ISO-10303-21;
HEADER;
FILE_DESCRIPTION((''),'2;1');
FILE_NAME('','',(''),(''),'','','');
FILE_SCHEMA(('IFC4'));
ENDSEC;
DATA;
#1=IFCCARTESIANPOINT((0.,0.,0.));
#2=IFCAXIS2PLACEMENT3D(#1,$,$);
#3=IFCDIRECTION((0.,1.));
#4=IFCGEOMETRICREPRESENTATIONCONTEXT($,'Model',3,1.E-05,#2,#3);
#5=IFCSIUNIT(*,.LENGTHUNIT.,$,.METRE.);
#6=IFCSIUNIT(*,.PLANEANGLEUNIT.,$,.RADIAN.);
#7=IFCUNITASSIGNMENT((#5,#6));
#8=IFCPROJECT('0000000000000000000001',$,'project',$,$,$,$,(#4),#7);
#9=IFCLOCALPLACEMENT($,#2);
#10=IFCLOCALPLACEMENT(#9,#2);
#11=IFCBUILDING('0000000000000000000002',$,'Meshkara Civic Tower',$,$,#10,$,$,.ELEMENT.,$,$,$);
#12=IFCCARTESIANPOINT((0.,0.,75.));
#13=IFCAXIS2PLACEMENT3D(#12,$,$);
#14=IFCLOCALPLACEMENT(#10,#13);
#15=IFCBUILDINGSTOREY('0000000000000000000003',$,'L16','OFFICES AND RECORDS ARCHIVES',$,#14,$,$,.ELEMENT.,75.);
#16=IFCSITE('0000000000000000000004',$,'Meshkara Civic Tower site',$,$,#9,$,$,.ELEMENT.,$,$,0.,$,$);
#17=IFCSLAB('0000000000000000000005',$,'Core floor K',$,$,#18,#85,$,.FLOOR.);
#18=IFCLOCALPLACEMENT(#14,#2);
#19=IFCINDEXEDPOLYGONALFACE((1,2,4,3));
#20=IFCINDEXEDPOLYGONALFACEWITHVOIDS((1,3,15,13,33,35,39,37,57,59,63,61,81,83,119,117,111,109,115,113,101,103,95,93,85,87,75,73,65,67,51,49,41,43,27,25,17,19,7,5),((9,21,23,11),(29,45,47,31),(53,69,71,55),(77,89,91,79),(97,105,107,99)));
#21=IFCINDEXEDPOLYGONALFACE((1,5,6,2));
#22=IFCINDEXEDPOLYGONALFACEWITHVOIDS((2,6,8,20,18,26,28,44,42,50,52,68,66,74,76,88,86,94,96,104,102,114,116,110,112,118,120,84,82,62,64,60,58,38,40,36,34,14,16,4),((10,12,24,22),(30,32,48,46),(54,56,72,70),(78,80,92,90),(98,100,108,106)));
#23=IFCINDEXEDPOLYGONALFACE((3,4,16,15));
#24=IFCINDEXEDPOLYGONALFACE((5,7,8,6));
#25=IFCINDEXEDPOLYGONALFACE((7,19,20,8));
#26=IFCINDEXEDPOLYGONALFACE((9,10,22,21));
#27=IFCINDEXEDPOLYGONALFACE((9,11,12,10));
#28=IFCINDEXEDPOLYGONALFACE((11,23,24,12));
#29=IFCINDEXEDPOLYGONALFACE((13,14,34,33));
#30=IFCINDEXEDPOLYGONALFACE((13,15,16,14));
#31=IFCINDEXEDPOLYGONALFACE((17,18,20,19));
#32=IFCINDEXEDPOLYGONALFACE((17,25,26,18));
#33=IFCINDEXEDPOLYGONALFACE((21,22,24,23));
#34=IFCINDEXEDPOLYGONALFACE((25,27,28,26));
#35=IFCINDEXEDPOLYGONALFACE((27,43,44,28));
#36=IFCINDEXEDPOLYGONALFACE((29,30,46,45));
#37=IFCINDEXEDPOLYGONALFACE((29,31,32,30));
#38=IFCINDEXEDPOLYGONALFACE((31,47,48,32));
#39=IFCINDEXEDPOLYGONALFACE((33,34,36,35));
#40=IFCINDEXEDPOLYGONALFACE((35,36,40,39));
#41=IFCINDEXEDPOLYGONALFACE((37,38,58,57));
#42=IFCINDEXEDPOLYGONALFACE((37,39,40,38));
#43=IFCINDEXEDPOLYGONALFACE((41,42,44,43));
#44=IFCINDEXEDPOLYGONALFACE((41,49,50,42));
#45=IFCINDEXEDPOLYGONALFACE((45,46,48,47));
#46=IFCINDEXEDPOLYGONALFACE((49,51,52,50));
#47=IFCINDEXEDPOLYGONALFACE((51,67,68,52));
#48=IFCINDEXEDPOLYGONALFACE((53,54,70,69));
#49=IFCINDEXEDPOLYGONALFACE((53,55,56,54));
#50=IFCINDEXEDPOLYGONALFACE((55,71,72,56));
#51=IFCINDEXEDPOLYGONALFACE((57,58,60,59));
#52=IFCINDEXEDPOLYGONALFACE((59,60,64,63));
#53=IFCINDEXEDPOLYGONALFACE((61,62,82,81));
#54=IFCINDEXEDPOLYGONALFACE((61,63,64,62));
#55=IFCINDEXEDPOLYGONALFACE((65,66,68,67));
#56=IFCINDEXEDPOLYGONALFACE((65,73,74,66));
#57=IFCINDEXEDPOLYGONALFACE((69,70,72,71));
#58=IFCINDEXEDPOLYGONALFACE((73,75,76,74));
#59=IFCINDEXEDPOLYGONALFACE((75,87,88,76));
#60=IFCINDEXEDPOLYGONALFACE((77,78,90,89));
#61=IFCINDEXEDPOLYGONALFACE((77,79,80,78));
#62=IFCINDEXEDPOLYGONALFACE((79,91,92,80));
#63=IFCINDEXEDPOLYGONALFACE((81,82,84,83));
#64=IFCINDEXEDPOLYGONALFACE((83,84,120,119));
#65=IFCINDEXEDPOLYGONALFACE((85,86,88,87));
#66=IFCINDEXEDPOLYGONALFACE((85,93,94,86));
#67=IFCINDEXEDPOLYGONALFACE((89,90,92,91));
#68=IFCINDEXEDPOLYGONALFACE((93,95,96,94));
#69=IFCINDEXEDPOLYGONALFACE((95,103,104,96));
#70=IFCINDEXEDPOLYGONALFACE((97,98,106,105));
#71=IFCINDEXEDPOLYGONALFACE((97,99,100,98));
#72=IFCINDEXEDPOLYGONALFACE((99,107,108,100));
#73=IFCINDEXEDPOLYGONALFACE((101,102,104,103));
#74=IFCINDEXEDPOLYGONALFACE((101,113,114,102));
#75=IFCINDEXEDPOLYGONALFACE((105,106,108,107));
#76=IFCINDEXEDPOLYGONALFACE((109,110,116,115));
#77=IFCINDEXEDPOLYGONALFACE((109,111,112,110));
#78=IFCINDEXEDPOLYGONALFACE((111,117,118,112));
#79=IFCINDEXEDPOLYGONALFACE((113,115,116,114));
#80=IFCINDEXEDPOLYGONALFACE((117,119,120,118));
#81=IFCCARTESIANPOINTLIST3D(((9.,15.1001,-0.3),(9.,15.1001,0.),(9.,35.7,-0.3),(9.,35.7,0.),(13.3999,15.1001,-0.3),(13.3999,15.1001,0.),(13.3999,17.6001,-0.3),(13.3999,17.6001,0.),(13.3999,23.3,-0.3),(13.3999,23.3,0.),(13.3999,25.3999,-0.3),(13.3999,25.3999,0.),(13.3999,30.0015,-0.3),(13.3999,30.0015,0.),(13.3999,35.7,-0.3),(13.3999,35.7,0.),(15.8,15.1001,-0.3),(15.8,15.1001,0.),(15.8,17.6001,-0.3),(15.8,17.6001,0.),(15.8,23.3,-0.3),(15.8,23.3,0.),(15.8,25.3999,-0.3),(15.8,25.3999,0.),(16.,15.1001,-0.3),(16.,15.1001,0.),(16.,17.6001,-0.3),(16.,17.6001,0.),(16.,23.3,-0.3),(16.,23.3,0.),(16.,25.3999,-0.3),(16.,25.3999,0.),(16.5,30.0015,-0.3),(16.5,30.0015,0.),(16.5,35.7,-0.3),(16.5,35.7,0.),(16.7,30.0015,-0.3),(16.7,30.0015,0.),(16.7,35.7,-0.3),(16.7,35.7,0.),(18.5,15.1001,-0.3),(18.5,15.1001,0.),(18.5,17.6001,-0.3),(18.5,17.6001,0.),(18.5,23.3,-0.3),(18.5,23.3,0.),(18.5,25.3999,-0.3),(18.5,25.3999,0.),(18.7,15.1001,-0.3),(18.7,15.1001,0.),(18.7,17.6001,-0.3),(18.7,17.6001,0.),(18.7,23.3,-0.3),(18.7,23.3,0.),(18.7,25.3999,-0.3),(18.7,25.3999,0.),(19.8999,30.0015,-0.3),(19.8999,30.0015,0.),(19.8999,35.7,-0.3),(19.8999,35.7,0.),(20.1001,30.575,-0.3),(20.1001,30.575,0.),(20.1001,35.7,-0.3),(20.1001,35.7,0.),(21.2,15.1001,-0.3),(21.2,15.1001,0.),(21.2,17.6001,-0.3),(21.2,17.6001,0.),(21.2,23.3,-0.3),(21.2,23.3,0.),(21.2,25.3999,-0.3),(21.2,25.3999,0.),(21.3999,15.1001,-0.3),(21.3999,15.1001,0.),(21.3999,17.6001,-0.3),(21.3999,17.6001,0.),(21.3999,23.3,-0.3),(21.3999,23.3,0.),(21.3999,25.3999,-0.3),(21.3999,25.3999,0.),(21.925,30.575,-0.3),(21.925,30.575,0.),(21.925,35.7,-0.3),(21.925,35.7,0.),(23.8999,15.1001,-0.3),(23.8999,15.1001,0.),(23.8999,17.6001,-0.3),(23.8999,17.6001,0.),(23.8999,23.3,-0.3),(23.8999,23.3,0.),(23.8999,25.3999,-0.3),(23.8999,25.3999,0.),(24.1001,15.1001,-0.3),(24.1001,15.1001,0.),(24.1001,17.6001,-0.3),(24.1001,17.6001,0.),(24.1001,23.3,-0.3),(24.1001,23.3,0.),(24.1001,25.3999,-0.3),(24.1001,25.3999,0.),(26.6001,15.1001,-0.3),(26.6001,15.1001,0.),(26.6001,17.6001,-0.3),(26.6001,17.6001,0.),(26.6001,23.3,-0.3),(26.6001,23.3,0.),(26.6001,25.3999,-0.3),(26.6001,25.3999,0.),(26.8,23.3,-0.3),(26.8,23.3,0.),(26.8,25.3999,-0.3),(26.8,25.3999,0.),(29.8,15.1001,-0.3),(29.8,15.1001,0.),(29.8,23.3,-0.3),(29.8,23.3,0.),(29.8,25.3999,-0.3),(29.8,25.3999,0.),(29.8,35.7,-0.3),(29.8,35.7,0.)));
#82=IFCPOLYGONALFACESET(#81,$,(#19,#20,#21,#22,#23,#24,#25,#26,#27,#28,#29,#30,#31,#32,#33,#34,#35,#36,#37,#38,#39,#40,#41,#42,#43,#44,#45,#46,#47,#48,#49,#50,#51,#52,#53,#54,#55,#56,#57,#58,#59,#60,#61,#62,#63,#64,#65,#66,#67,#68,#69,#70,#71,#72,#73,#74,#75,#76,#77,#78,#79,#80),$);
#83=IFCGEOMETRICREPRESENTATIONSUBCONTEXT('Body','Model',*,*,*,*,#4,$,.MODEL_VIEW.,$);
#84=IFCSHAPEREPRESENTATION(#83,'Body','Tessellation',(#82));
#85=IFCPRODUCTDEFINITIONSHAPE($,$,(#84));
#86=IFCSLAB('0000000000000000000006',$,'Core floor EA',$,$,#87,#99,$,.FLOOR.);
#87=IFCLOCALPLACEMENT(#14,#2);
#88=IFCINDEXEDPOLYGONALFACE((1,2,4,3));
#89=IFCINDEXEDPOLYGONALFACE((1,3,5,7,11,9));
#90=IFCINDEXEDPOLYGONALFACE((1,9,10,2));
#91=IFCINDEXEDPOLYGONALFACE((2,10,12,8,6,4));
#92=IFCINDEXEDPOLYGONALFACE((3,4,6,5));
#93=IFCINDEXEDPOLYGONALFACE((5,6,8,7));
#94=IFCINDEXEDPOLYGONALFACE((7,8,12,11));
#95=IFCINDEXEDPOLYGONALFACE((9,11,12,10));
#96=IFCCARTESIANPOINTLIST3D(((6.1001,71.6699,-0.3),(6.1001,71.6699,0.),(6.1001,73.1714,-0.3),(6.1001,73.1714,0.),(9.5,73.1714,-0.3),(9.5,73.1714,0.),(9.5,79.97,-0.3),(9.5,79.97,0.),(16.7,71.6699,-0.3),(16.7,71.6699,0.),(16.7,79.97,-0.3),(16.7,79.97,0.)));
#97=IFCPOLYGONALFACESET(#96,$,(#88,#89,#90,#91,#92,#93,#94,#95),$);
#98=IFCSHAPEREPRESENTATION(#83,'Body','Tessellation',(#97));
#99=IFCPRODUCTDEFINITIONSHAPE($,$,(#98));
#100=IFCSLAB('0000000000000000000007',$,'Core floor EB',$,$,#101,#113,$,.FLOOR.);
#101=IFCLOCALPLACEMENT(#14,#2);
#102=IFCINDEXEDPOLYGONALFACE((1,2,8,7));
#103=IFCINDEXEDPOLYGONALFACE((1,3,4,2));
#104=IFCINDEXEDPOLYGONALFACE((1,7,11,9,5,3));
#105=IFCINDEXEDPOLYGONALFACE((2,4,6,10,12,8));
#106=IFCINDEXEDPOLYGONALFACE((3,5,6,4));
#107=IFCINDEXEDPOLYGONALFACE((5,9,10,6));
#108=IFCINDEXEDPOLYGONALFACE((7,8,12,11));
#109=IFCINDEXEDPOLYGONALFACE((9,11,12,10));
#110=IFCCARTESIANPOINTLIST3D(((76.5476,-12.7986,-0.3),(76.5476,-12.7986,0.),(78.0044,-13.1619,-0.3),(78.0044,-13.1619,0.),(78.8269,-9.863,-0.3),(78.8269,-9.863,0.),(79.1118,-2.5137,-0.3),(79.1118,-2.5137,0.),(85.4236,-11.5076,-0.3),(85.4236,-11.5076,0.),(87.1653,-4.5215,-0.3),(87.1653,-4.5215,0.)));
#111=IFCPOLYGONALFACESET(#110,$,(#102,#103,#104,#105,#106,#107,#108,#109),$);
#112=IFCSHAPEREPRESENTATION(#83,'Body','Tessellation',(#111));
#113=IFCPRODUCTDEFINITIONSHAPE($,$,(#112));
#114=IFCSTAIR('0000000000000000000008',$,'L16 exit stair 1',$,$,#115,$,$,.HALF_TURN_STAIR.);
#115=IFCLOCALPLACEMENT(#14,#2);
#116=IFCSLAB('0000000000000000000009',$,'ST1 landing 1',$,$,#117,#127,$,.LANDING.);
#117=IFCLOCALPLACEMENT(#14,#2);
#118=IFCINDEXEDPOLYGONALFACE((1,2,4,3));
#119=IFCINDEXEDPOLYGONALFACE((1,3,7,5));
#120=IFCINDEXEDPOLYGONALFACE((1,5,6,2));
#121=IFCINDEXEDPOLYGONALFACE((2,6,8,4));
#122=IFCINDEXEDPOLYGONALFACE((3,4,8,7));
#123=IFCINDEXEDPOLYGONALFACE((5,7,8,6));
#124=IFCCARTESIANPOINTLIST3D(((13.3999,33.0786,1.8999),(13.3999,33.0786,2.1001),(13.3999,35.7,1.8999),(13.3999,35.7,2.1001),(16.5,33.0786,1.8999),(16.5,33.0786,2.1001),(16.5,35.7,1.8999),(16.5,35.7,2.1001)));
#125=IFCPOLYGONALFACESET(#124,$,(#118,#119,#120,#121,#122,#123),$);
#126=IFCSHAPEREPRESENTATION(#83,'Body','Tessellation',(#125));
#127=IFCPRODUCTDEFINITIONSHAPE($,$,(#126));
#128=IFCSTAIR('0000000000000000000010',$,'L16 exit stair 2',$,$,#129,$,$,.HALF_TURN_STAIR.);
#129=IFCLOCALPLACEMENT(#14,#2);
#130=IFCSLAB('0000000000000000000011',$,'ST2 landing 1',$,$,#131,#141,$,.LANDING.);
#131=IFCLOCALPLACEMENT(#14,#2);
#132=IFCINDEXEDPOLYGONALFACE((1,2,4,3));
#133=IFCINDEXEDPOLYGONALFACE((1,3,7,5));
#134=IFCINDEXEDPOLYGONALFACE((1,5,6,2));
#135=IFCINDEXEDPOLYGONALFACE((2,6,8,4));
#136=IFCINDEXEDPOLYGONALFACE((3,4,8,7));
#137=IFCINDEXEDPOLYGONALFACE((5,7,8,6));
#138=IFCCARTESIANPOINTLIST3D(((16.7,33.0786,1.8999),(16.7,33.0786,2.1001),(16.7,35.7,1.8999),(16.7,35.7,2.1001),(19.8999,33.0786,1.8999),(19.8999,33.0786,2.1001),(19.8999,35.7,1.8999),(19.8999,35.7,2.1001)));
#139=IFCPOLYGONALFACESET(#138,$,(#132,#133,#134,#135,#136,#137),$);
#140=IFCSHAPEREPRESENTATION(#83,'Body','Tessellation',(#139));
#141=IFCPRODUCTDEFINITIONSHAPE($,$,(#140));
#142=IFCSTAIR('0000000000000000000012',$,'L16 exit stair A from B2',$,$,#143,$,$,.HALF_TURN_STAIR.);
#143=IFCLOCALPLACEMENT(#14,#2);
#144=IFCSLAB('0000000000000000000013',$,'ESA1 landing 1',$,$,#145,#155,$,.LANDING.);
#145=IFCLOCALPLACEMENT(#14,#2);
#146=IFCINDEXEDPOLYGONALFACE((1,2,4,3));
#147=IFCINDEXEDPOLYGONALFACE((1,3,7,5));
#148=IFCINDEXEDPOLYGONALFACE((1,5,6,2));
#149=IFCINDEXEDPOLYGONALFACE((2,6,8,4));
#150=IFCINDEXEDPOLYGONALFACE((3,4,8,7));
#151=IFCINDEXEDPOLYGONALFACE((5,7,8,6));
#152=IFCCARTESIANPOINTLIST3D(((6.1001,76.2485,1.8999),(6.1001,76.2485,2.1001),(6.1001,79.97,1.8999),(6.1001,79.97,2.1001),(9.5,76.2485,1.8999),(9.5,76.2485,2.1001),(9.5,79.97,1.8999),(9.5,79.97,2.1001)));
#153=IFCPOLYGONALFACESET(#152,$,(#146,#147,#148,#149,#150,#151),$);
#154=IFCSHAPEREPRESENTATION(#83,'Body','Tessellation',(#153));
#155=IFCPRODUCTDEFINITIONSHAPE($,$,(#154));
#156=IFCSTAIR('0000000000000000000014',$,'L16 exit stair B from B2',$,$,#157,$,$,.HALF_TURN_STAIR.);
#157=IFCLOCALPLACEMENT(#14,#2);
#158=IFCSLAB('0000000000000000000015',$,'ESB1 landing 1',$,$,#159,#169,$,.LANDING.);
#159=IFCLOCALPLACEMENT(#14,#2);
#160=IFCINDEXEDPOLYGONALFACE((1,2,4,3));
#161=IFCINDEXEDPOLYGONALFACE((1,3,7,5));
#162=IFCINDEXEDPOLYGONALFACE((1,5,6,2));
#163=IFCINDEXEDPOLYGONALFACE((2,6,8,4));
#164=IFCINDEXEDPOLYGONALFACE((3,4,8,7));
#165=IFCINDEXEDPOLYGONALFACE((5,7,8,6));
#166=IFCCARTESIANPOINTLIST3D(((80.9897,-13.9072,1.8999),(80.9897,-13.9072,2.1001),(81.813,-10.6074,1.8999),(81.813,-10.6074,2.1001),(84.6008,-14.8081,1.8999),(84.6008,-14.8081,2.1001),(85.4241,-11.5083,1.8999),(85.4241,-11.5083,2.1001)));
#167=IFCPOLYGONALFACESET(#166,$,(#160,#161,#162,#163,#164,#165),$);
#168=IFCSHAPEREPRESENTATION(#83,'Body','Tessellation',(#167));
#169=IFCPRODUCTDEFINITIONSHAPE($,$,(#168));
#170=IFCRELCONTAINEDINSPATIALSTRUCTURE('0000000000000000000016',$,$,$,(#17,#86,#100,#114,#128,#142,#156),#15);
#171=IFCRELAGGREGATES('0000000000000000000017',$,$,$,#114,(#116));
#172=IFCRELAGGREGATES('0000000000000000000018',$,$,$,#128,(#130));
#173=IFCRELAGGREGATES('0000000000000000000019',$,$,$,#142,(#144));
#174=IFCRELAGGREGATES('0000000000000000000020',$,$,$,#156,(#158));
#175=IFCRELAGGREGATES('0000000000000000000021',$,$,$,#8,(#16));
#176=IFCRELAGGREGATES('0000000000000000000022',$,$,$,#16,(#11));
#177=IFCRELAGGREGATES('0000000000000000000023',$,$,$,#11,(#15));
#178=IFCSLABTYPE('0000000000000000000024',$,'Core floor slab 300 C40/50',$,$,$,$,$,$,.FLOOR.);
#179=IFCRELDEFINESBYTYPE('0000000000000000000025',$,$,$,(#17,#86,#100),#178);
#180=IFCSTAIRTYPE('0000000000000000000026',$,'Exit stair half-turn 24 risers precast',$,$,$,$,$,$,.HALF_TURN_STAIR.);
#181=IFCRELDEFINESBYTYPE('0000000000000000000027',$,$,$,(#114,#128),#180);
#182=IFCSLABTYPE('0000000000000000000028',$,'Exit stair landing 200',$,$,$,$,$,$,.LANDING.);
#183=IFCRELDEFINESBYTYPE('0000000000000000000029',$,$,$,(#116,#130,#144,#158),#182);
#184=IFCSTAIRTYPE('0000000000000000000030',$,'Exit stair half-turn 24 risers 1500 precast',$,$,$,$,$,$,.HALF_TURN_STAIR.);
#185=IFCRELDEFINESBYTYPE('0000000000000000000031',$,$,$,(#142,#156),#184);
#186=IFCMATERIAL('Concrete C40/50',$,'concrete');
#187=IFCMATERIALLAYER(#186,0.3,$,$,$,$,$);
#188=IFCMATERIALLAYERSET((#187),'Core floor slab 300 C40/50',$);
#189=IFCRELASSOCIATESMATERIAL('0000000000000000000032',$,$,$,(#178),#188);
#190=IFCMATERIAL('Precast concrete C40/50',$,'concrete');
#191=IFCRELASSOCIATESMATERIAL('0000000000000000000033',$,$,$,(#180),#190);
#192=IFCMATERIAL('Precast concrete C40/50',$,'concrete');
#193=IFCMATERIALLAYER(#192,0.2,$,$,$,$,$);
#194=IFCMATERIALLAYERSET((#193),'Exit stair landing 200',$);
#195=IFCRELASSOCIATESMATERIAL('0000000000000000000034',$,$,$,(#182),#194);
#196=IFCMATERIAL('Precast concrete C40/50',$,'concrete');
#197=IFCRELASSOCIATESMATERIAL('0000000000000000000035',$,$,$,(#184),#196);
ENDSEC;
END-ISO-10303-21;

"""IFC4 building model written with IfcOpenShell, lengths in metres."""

from ifc_helpers import new_model, si_unit, direction, frame, origin, place, context, subcontext, project, spatial, polyline, outline, extrude, material, layer, layer_set, type_object, element, aggregate, save


model = new_model("IFC4")

# Units and contexts
model_context = context("Model", 3, precision=1e-05, world=origin(), true_north=direction((0.0, 1.0)))
body_context = subcontext(model_context, "Body", "Model", "MODEL_VIEW")
ifc_project = project(units=[si_unit("LENGTHUNIT", "METRE"), si_unit("PLANEANGLEUNIT", "RADIAN")], contexts=[model_context])

# Site, building, storey
site_placement = place(None, origin())
site = spatial("IfcSite", under=ifc_project, at=site_placement, Name="Meshkara Civic Tower site", CompositionType="ELEMENT", RefElevation=0.0)
building_placement = place(site_placement, origin())
building = spatial("IfcBuilding", under=site, at=building_placement, Name="Meshkara Civic Tower", CompositionType="ELEMENT")
storey_placement = place(building_placement, frame((0.0, 0.0, 75.0)))
storey = spatial("IfcBuildingStorey", under=building, at=storey_placement, Name="L16", Description="OFFICES AND RECORDS ARCHIVES", CompositionType="ELEMENT", Elevation=75.0)

# Slabs
ifc_material_1 = material(Name="Concrete C40/50", Category="concrete")
ifc_layer_1 = layer(ifc_material_1, 0.3)
ifc_layer_set_1 = layer_set([ifc_layer_1], Name="Core floor slab 300 C40/50")
slab_type_1 = type_object("IfcSlabType", Name="Core floor slab 300 C40/50", PredefinedType="FLOOR", material=ifc_layer_set_1)
slab_1_placement = place(storey_placement, frame((0.0, 0.0, -0.3)))
element("IfcSlab", 1, at=slab_1_placement, inside=storey, type_object=slab_type_1, Name="Core floor K", PredefinedType="FLOOR", context=body_context, shape_type="SweptSolid", body=[
    extrude(outline(polyline([(9.0, 35.7), (13.3999, 35.7), (13.3999, 30.0015), (16.5, 30.0015), (16.5, 35.7), (16.7, 35.7), (16.7, 30.0015), (19.8999, 30.0015), (19.8999, 35.7), (20.1001, 35.7), (20.1001, 30.575), (21.925, 30.575), (21.925, 35.7), (29.8, 35.7), (29.8, 25.3999), (26.8, 25.3999), (26.8, 23.3), (29.8, 23.3), (29.8, 15.1001), (26.6001, 15.1001), (26.6001, 17.6001), (24.1001, 17.6001), (24.1001, 15.1001), (23.8999, 15.1001), (23.8999, 17.6001), (21.3999, 17.6001), (21.3999, 15.1001), (21.2, 15.1001), (21.2, 17.6001), (18.7, 17.6001), (18.7, 15.1001), (18.5, 15.1001), (18.5, 17.6001), (16.0, 17.6001), (16.0, 15.1001), (15.8, 15.1001), (15.8, 17.6001), (13.3999, 17.6001), (13.3999, 15.1001), (9.0, 15.1001), (9.0, 35.7)]), holes=[polyline([(13.3999, 25.3999), (13.3999, 23.3), (15.8, 23.3), (15.8, 25.3999), (13.3999, 25.3999)]), polyline([(18.5, 23.3), (18.5, 25.3999), (16.0, 25.3999), (16.0, 23.3), (18.5, 23.3)]), polyline([(18.7, 25.3999), (18.7, 23.3), (21.2, 23.3), (21.2, 25.3999), (18.7, 25.3999)]), polyline([(23.8999, 23.3), (23.8999, 25.3999), (21.3999, 25.3999), (21.3999, 23.3), (23.8999, 23.3)]), polyline([(26.6001, 23.3), (26.6001, 25.3999), (24.1001, 25.3999), (24.1001, 23.3), (26.6001, 23.3)])]), origin(), (0.0, 0.0, 1.0), 0.3),
])
slab_2_placement = place(storey_placement, frame((0.0, 0.0, -0.3)))
element("IfcSlab", 2, at=slab_2_placement, inside=storey, type_object=slab_type_1, Name="Core floor EA", PredefinedType="FLOOR", context=body_context, shape_type="SweptSolid", body=[
    extrude(outline(polyline([(16.7, 71.6699), (16.7, 79.97), (9.5, 79.97), (9.5, 73.1714), (6.1001, 73.1714), (6.1001, 71.6699), (16.7, 71.6699)])), origin(), (0.0, 0.0, 1.0), 0.3),
])
slab_3_placement = place(storey_placement, frame((0.0, 0.0, -0.3)))
element("IfcSlab", 3, at=slab_3_placement, inside=storey, type_object=slab_type_1, Name="Core floor EB", PredefinedType="FLOOR", context=body_context, shape_type="SweptSolid", body=[
    extrude(outline(polyline([(79.1118, -2.5137), (87.1653, -4.5215), (85.4236, -11.5076), (78.8269, -9.863), (78.0044, -13.1619), (76.5476, -12.7986), (79.1118, -2.5137)])), origin(), (0.0, 0.0, 1.0), 0.3),
])

# Stairs, slabs
ifc_material_2 = material(Name="Precast concrete C40/50", Category="concrete")
stair_type_1 = type_object("IfcStairType", Name="Exit stair half-turn 24 risers precast", PredefinedType="HALF_TURN_STAIR", material=ifc_material_2)
stair_1_placement = place(storey_placement, origin())
stair_1 = element("IfcStair", 4, at=stair_1_placement, inside=storey, type_object=stair_type_1, Name="L16 exit stair 1", PredefinedType="HALF_TURN_STAIR")
ifc_material_3 = material(Name="Precast concrete C40/50", Category="concrete")
ifc_layer_2 = layer(ifc_material_3, 0.2)
ifc_layer_set_2 = layer_set([ifc_layer_2], Name="Exit stair landing 200")
slab_type_2 = type_object("IfcSlabType", Name="Exit stair landing 200", PredefinedType="LANDING", material=ifc_layer_set_2)
slab_4_placement = place(storey_placement, frame((0.0, 0.0, 1.8999)))
slab_4 = element("IfcSlab", 5, at=slab_4_placement, type_object=slab_type_2, Name="ST1 landing 1", PredefinedType="LANDING", context=body_context, shape_type="SweptSolid", body=[
    extrude(outline(polyline([(16.5, 33.0786), (16.5, 35.7), (13.3999, 35.7), (13.3999, 33.0786), (16.5, 33.0786)])), origin(), (0.0, 0.0, 1.0), 0.2002),
])
aggregate(stair_1, [slab_4])
stair_2_placement = place(storey_placement, origin())
stair_2 = element("IfcStair", 6, at=stair_2_placement, inside=storey, type_object=stair_type_1, Name="L16 exit stair 2", PredefinedType="HALF_TURN_STAIR")
slab_5_placement = place(storey_placement, frame((0.0, 0.0, 1.8999)))
slab_5 = element("IfcSlab", 7, at=slab_5_placement, type_object=slab_type_2, Name="ST2 landing 1", PredefinedType="LANDING", context=body_context, shape_type="SweptSolid", body=[
    extrude(outline(polyline([(19.8999, 33.0786), (19.8999, 35.7), (16.7, 35.7), (16.7, 33.0786), (19.8999, 33.0786)])), origin(), (0.0, 0.0, 1.0), 0.2002),
])
aggregate(stair_2, [slab_5])
ifc_material_4 = material(Name="Precast concrete C40/50", Category="concrete")
stair_type_2 = type_object("IfcStairType", Name="Exit stair half-turn 24 risers 1500 precast", PredefinedType="HALF_TURN_STAIR", material=ifc_material_4)
stair_3_placement = place(storey_placement, origin())
stair_3 = element("IfcStair", 8, at=stair_3_placement, inside=storey, type_object=stair_type_2, Name="L16 exit stair A from B2", PredefinedType="HALF_TURN_STAIR")
slab_6_placement = place(storey_placement, frame((0.0, 0.0, 1.8999)))
slab_6 = element("IfcSlab", 9, at=slab_6_placement, type_object=slab_type_2, Name="ESA1 landing 1", PredefinedType="LANDING", context=body_context, shape_type="SweptSolid", body=[
    extrude(outline(polyline([(9.5, 76.2485), (9.5, 79.97), (6.1001, 79.97), (6.1001, 76.2485), (9.5, 76.2485)])), origin(), (0.0, 0.0, 1.0), 0.2002),
])
aggregate(stair_3, [slab_6])
stair_4_placement = place(storey_placement, origin())
stair_4 = element("IfcStair", 10, at=stair_4_placement, inside=storey, type_object=stair_type_2, Name="L16 exit stair B from B2", PredefinedType="HALF_TURN_STAIR")
slab_7_placement = place(storey_placement, frame((0.0, 0.0, 1.8999)))
slab_7 = element("IfcSlab", 11, at=slab_7_placement, type_object=slab_type_2, Name="ESB1 landing 1", PredefinedType="LANDING", context=body_context, shape_type="SweptSolid", body=[
    extrude(outline(polyline([(80.9897, -13.9072), (84.6008, -14.8081), (85.4241, -11.5083), (81.813, -10.6074), (80.9897, -13.9072)])), origin(), (0.0, 0.0, 1.0), 0.2002),
])
aggregate(stair_4, [slab_7])

save(model, "model.ifc")
